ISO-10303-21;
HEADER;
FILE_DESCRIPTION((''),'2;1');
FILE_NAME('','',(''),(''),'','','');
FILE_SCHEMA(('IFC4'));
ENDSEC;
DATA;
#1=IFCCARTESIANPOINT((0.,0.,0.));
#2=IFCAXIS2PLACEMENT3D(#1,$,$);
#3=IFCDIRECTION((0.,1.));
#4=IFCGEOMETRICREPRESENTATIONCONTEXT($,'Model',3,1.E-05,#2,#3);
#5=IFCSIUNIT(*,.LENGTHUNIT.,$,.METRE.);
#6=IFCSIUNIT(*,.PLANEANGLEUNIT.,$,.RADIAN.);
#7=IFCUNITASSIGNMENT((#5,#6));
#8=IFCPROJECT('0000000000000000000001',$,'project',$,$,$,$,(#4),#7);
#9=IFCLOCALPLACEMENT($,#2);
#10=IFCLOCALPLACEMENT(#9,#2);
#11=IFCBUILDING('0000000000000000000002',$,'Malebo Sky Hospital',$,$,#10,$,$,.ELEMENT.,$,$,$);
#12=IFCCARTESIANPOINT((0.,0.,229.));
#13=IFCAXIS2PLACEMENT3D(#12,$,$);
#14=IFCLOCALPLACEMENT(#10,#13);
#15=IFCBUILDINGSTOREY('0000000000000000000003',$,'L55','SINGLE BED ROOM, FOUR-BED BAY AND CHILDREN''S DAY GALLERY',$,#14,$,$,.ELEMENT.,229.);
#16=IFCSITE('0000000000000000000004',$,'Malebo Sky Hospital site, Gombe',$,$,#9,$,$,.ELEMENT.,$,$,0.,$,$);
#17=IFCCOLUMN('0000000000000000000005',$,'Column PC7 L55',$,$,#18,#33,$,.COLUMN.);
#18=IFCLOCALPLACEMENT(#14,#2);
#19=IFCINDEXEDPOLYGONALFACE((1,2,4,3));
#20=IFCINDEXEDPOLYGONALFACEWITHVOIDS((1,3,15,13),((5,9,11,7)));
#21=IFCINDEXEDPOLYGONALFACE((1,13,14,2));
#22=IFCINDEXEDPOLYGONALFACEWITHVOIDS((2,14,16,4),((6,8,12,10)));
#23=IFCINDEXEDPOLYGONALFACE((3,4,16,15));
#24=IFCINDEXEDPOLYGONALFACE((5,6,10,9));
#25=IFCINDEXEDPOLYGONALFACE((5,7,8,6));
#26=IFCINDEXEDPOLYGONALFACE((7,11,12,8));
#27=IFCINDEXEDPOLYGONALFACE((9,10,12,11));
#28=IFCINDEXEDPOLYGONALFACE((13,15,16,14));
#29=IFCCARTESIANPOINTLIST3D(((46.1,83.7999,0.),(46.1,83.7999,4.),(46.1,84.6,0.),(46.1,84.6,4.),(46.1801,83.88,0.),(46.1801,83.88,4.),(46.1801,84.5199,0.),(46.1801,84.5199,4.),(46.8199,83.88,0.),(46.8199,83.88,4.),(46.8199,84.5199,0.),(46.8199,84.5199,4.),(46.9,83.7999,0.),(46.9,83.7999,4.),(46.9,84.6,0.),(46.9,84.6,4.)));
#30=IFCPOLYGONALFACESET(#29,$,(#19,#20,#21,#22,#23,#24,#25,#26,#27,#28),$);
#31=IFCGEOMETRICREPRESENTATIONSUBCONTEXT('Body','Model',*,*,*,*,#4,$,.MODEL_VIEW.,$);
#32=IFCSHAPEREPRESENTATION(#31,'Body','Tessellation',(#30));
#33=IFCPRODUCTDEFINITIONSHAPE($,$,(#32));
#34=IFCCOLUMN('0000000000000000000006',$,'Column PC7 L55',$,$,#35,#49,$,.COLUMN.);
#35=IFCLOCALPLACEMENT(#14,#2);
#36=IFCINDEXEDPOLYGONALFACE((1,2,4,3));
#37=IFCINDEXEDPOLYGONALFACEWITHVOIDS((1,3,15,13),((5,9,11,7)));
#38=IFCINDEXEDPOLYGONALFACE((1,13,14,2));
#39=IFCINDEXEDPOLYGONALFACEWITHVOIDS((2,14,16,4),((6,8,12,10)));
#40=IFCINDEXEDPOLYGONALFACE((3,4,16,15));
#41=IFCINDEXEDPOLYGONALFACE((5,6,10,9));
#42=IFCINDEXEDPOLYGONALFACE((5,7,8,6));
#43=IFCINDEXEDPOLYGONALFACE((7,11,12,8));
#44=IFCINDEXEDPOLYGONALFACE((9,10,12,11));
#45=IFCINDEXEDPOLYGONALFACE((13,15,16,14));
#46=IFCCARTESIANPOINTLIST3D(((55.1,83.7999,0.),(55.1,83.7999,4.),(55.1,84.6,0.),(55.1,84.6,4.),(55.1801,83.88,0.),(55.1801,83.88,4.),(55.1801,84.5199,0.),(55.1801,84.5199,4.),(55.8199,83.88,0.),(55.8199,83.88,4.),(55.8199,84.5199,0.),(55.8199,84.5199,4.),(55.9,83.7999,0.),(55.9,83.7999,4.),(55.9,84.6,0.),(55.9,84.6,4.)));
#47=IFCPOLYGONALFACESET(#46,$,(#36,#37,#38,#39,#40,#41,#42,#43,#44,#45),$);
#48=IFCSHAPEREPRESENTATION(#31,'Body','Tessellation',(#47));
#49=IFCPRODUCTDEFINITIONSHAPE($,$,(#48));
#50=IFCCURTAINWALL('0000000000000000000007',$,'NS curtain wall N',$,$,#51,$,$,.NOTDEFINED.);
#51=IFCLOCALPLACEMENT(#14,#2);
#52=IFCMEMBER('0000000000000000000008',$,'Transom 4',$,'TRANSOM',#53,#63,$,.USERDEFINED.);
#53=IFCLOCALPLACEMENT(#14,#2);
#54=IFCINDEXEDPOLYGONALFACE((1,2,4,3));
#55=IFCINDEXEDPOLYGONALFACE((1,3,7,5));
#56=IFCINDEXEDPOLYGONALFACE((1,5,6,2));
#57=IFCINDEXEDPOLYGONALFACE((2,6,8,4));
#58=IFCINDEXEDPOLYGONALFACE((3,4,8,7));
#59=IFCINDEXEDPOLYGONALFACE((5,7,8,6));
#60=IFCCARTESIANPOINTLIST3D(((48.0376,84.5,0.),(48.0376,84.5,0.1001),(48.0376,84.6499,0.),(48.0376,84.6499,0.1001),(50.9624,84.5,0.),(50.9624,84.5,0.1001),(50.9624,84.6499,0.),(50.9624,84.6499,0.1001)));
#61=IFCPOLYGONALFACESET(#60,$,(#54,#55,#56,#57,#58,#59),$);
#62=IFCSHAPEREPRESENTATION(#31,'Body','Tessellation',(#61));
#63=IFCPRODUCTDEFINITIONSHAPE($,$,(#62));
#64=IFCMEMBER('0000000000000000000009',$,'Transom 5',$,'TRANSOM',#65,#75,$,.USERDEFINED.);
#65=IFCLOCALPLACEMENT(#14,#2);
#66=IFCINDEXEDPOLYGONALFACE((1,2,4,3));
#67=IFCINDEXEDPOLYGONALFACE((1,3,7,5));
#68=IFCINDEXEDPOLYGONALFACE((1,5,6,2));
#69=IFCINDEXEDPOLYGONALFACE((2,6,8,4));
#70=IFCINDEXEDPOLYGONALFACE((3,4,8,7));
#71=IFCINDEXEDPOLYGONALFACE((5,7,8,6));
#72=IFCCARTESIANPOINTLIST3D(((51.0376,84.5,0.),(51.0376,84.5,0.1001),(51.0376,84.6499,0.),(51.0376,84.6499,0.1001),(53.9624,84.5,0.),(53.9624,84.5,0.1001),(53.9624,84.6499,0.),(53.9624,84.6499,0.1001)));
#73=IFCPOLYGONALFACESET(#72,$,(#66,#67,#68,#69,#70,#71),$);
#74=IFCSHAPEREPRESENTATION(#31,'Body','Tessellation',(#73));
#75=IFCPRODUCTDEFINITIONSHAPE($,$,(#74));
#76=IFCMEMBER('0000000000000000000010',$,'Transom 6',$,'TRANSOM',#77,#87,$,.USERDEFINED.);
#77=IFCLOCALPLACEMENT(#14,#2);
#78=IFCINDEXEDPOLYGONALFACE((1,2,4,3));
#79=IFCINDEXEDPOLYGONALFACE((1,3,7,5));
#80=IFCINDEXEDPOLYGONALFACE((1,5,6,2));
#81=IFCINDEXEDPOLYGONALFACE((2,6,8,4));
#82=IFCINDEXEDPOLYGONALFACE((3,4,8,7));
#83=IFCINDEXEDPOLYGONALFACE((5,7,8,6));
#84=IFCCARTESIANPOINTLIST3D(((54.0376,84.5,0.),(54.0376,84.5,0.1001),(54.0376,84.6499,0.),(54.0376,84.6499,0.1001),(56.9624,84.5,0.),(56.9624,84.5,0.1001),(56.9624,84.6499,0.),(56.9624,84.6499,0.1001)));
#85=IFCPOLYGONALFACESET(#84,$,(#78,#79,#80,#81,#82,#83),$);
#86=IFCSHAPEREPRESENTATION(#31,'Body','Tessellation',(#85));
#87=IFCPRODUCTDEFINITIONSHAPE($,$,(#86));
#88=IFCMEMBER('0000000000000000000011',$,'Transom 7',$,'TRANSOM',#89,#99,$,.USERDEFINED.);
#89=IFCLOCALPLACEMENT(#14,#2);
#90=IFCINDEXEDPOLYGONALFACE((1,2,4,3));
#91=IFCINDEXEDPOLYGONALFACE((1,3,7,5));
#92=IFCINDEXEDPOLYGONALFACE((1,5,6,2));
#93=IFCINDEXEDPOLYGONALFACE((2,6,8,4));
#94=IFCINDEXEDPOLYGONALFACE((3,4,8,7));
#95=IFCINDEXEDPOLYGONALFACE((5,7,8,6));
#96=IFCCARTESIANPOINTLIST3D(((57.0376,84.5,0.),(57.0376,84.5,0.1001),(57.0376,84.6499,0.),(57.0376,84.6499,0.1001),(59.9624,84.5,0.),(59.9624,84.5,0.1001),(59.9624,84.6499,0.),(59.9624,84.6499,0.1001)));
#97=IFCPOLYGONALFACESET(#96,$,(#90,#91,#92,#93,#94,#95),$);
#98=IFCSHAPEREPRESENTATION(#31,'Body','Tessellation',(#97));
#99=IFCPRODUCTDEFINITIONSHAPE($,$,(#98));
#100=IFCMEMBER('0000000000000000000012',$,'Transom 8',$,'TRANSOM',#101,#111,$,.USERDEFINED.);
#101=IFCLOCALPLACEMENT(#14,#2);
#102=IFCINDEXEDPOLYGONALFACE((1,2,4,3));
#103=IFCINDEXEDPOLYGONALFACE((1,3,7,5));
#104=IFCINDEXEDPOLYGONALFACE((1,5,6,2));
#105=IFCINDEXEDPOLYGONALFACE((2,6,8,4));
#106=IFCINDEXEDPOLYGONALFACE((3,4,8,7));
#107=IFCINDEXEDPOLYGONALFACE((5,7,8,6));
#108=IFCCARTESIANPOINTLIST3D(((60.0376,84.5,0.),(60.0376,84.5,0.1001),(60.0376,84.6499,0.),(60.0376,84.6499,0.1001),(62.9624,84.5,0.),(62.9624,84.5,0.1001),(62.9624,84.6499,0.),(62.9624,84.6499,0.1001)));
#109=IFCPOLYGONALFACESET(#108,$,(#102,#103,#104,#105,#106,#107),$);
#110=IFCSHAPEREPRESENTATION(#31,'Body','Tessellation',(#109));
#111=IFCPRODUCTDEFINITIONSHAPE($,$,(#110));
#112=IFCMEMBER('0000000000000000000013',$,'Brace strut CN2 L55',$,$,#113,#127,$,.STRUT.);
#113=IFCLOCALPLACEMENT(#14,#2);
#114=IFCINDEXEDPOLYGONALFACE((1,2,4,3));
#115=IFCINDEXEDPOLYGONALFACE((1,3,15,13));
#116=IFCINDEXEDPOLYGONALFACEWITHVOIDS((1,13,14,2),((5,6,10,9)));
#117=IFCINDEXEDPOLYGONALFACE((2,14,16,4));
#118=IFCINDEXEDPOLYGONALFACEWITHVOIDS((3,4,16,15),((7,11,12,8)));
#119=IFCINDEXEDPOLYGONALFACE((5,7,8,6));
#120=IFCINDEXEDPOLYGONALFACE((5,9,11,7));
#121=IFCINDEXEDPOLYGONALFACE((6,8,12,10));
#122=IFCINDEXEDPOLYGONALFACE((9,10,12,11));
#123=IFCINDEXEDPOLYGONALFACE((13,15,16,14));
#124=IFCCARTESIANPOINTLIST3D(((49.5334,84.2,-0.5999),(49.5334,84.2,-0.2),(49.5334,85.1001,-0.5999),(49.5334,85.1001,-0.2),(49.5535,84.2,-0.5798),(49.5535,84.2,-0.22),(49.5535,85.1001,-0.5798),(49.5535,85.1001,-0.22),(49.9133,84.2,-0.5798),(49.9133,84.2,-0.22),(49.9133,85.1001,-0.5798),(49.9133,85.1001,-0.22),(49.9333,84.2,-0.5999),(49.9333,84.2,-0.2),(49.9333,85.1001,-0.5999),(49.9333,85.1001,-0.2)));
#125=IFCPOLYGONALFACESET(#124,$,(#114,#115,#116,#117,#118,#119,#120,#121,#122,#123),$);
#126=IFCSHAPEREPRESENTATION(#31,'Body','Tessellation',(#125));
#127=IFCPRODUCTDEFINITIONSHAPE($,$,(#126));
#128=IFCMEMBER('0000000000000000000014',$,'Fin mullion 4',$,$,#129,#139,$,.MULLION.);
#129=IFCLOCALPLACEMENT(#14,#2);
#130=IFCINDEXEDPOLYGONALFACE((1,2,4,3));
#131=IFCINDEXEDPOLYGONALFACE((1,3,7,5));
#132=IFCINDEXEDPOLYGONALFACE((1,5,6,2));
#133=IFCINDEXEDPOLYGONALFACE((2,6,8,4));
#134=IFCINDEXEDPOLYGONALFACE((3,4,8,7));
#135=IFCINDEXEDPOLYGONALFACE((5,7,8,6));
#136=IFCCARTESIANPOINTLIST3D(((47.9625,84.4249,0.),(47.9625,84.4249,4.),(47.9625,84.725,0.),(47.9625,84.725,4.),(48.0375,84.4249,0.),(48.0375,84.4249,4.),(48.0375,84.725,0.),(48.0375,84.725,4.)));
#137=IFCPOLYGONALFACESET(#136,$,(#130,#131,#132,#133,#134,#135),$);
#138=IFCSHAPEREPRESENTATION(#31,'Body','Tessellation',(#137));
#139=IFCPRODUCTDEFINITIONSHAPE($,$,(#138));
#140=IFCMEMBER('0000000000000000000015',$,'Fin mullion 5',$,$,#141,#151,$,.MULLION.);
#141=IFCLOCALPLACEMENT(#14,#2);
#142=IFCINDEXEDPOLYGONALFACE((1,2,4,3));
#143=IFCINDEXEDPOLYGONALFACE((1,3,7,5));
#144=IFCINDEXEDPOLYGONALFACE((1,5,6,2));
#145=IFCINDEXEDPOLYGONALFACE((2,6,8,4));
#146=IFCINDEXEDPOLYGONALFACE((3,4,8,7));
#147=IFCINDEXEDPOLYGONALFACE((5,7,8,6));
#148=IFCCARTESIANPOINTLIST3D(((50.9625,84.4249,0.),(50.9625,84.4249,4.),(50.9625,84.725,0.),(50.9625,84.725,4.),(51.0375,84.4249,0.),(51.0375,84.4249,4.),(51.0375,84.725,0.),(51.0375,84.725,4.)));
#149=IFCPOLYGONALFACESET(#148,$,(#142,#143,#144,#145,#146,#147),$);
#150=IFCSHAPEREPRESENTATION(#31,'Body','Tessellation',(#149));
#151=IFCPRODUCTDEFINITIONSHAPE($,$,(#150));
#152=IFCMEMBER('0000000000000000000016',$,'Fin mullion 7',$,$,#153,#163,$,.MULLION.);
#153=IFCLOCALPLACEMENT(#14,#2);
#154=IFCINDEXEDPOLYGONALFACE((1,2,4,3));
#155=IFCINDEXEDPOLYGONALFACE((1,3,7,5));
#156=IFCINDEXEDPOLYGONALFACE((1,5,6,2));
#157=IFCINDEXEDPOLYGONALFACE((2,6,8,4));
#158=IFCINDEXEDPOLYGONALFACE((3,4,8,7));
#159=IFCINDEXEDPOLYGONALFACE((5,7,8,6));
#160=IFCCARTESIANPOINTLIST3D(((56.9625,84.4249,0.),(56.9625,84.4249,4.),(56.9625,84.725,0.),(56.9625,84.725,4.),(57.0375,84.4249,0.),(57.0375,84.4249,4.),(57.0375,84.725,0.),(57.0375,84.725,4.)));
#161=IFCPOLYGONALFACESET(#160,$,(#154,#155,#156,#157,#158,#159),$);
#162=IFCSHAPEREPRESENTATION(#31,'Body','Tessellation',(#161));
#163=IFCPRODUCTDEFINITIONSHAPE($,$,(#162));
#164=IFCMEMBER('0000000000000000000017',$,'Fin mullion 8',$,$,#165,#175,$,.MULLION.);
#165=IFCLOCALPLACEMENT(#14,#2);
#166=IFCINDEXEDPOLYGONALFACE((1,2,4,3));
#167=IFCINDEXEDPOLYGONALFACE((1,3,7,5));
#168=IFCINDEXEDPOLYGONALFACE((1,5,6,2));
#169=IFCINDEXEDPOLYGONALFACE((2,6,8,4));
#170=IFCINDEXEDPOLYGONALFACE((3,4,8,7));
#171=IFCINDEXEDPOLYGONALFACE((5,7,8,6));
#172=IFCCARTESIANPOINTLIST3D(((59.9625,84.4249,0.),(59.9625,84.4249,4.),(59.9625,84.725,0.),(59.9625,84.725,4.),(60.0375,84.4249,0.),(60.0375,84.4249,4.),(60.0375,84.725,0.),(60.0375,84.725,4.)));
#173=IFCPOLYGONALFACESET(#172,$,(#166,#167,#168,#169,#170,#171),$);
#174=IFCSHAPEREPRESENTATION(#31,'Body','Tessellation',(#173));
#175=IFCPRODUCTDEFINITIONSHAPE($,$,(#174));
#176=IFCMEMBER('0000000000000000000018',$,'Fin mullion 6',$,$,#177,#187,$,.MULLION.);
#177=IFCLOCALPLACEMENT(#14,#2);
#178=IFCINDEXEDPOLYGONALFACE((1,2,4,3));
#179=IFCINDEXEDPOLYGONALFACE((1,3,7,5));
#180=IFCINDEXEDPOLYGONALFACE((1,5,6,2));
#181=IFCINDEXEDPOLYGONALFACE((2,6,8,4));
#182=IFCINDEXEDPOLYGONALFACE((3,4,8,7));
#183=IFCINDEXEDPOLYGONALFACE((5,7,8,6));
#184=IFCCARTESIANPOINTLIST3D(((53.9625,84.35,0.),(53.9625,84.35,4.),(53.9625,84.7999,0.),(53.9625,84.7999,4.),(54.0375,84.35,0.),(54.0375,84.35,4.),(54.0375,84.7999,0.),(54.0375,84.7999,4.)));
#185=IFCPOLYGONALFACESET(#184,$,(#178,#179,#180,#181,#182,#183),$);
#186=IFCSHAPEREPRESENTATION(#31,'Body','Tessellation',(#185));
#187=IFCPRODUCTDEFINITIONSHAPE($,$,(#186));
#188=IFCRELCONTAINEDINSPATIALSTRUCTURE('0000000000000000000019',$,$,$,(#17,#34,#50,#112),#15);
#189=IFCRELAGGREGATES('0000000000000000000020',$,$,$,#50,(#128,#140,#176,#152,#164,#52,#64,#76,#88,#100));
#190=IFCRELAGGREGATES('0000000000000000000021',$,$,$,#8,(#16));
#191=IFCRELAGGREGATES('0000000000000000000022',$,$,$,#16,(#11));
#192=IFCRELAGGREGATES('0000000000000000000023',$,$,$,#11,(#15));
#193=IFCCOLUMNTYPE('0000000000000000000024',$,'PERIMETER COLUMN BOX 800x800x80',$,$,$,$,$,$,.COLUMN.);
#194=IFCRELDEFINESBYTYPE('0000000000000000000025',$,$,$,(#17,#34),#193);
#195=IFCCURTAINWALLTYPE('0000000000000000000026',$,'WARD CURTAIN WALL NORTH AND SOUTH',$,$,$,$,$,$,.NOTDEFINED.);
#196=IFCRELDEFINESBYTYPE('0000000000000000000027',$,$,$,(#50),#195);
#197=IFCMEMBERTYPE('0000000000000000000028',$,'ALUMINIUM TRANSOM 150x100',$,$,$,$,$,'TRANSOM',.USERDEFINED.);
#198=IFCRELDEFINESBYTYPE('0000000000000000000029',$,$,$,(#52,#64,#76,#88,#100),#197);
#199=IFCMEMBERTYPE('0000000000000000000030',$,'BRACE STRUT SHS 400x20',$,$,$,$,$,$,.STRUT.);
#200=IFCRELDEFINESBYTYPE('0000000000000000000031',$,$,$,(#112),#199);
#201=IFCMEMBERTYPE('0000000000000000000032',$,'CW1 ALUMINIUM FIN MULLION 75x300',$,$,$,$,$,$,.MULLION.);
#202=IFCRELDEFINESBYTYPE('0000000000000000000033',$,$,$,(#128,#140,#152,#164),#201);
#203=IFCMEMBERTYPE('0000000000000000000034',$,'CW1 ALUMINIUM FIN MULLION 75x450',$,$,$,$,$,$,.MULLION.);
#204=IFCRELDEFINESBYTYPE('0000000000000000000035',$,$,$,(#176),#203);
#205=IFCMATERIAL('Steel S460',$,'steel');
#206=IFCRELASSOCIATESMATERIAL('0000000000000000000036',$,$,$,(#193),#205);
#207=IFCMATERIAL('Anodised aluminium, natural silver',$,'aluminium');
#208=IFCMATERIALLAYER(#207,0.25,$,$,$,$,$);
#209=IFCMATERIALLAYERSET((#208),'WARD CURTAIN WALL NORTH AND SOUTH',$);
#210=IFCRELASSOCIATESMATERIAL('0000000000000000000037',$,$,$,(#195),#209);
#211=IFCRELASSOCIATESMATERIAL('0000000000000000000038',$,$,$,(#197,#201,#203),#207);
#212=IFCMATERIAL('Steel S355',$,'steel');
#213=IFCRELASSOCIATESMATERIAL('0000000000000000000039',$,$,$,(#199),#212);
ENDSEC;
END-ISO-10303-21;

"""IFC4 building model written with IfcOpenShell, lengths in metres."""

from ifc_helpers import new_model, si_unit, direction, frame, origin, origin_2d, place, context, subcontext, project, spatial, rectangle, hollow_rectangle, extrude, material, layer, layer_set, material_profile, profile_set, type_object, element, aggregate, save


model = new_model("IFC4")

# Units and contexts
model_context = context("Model", 3, precision=1e-05, world=origin(), true_north=direction((0.0, 1.0)))
body_context = subcontext(model_context, "Body", "Model", "MODEL_VIEW")
ifc_project = project(units=[si_unit("LENGTHUNIT", "METRE"), si_unit("PLANEANGLEUNIT", "RADIAN")], contexts=[model_context])

# Site, building, storey
site_placement = place(None, origin())
site = spatial("IfcSite", under=ifc_project, at=site_placement, Name="Malebo Sky Hospital site, Gombe", CompositionType="ELEMENT", RefElevation=0.0)
building_placement = place(site_placement, origin())
building = spatial("IfcBuilding", under=site, at=building_placement, Name="Malebo Sky Hospital", CompositionType="ELEMENT")
storey_placement = place(building_placement, frame((0.0, 0.0, 229.0)))
storey = spatial("IfcBuildingStorey", under=building, at=storey_placement, Name="L55", Description="SINGLE BED ROOM, FOUR-BED BAY AND CHILDREN'S DAY GALLERY", CompositionType="ELEMENT", Elevation=229.0)

# Columns
ifc_material_1 = material(Name="Steel S460", Category="steel")
ifc_material_profile_1 = material_profile(ifc_material_1, hollow_rectangle(XDim=0.8, YDim=0.8, WallThickness=0.0801, at=origin_2d()), Name="BOX 800x800x80")
ifc_profile_set_1 = profile_set([ifc_material_profile_1], Name="Steel S460")
column_type = type_object("IfcColumnType", Name="PERIMETER COLUMN BOX 800x800x80", PredefinedType="COLUMN", material=ifc_profile_set_1)
for number, where, z_axis, x_axis, name in (
    (1, (46.5, 84.2, 0.0), (0.0, 0.0, 1.0), (1.0, 0.0, 0.0), "Column PC7 L55"),
    (2, (55.5, 84.2, 0.0), (0.0, 0.0, 1.0), (1.0, 0.0, 0.0), "Column PC7 L55"),
):
    element("IfcColumn", number, at=place(storey_placement, frame(where, z_axis=z_axis, x_axis=x_axis)), inside=storey, type_object=column_type, Name=name, PredefinedType="COLUMN", context=body_context, shape_type="SweptSolid", body=[
        extrude(hollow_rectangle(XDim=0.8, YDim=0.8, WallThickness=0.0801, at=origin_2d()), origin(), (0.0, 0.0, 1.0), 4.0),
    ])

# Curtain wall, members
ifc_material_2 = material(Name="Anodised aluminium, natural silver", Category="aluminium")
ifc_layer_1 = layer(ifc_material_2, 0.25)
ifc_layer_set_1 = layer_set([ifc_layer_1], Name="WARD CURTAIN WALL NORTH AND SOUTH")
curtain_wall_type = type_object("IfcCurtainWallType", Name="WARD CURTAIN WALL NORTH AND SOUTH", PredefinedType="NOTDEFINED", material=ifc_layer_set_1)
curtain_wall_placement = place(storey_placement, origin())
curtain_wall = element("IfcCurtainWall", 3, at=curtain_wall_placement, inside=storey, type_object=curtain_wall_type, Name="NS curtain wall N", PredefinedType="NOTDEFINED")
ifc_material_profile_2 = material_profile(ifc_material_2, rectangle(XDim=0.1499, YDim=0.1001, at=origin_2d()), Name="ALUMINIUM TRANSOM 150x100")
ifc_profile_set_2 = profile_set([ifc_material_profile_2], Name="Anodised aluminium, natural silver")
member_type_1 = type_object("IfcMemberType", Name="ALUMINIUM TRANSOM 150x100", ElementType="TRANSOM", PredefinedType="USERDEFINED", material=ifc_profile_set_2)
member_1_placement = place(storey_placement, frame((48.0376, 84.575, 0.05), z_axis=(1.0, 0.0, 0.0), x_axis=(0.0, 1.0, 0.0)))
member_1 = element("IfcMember", 4, at=member_1_placement, type_object=member_type_1, Name="Transom 4", ObjectType="TRANSOM", PredefinedType="USERDEFINED", context=body_context, shape_type="SweptSolid", body=[
    extrude(rectangle(XDim=0.1499, YDim=0.1001, at=origin_2d()), origin(), (0.0, 0.0, 1.0), 2.9248),
])
member_2_placement = place(storey_placement, frame((51.0376, 84.575, 0.05), z_axis=(1.0, 0.0, 0.0), x_axis=(0.0, 1.0, 0.0)))
member_2 = element("IfcMember", 5, at=member_2_placement, type_object=member_type_1, Name="Transom 5", ObjectType="TRANSOM", PredefinedType="USERDEFINED", context=body_context, shape_type="SweptSolid", body=[
    extrude(rectangle(XDim=0.1499, YDim=0.1001, at=origin_2d()), origin(), (0.0, 0.0, 1.0), 2.9248),
])
member_3_placement = place(storey_placement, frame((54.0376, 84.575, 0.05), z_axis=(1.0, 0.0, 0.0), x_axis=(0.0, 1.0, 0.0)))
member_3 = element("IfcMember", 6, at=member_3_placement, type_object=member_type_1, Name="Transom 6", ObjectType="TRANSOM", PredefinedType="USERDEFINED", context=body_context, shape_type="SweptSolid", body=[
    extrude(rectangle(XDim=0.1499, YDim=0.1001, at=origin_2d()), origin(), (0.0, 0.0, 1.0), 2.9248),
])
member_4_placement = place(storey_placement, frame((57.0376, 84.575, 0.05), z_axis=(1.0, 0.0, 0.0), x_axis=(0.0, 1.0, 0.0)))
member_4 = element("IfcMember", 7, at=member_4_placement, type_object=member_type_1, Name="Transom 7", ObjectType="TRANSOM", PredefinedType="USERDEFINED", context=body_context, shape_type="SweptSolid", body=[
    extrude(rectangle(XDim=0.1499, YDim=0.1001, at=origin_2d()), origin(), (0.0, 0.0, 1.0), 2.9248),
])
member_5_placement = place(storey_placement, frame((60.0376, 84.575, 0.05), z_axis=(1.0, 0.0, 0.0), x_axis=(0.0, 1.0, 0.0)))
member_5 = element("IfcMember", 8, at=member_5_placement, type_object=member_type_1, Name="Transom 8", ObjectType="TRANSOM", PredefinedType="USERDEFINED", context=body_context, shape_type="SweptSolid", body=[
    extrude(rectangle(XDim=0.1499, YDim=0.1001, at=origin_2d()), origin(), (0.0, 0.0, 1.0), 2.9248),
])

# Members
ifc_material_3 = material(Name="Steel S355", Category="steel")
ifc_material_profile_3 = material_profile(ifc_material_3, hollow_rectangle(XDim=0.3999, YDim=0.3999, WallThickness=0.02, at=origin_2d()), Name="SHS 400x20")
ifc_profile_set_3 = profile_set([ifc_material_profile_3], Name="Steel S355")
member_type_2 = type_object("IfcMemberType", Name="BRACE STRUT SHS 400x20", PredefinedType="STRUT", material=ifc_profile_set_3)
member_6_placement = place(storey_placement, frame((49.7334, 85.1001, -0.3999), z_axis=(0.0, -1.0, 0.0), x_axis=(1.0, 0.0, 0.0)))
element("IfcMember", 9, at=member_6_placement, inside=storey, type_object=member_type_2, Name="Brace strut CN2 L55", PredefinedType="STRUT", context=body_context, shape_type="SweptSolid", body=[
    extrude(hollow_rectangle(XDim=0.3999, YDim=0.3999, WallThickness=0.02, at=origin_2d()), origin(), (0.0, 0.0, 1.0), 0.9001),
])
ifc_material_profile_4 = material_profile(ifc_material_2, rectangle(XDim=0.075, YDim=0.3, at=origin_2d()), Name="CW1 ALUMINIUM FIN MULLION 75x300")
ifc_profile_set_4 = profile_set([ifc_material_profile_4], Name="Anodised aluminium, natural silver")
member_type_3 = type_object("IfcMemberType", Name="CW1 ALUMINIUM FIN MULLION 75x300", PredefinedType="MULLION", material=ifc_profile_set_4)
member_7_placement = place(storey_placement, frame((48.0, 84.575, 0.0), z_axis=(0.0, 0.0, 1.0), x_axis=(1.0, 0.0, 0.0)))
member_7 = element("IfcMember", 10, at=member_7_placement, type_object=member_type_3, Name="Fin mullion 4", PredefinedType="MULLION", context=body_context, shape_type="SweptSolid", body=[
    extrude(rectangle(XDim=0.075, YDim=0.3, at=origin_2d()), origin(), (0.0, 0.0, 1.0), 4.0),
])
member_8_placement = place(storey_placement, frame((51.0, 84.575, 0.0), z_axis=(0.0, 0.0, 1.0), x_axis=(1.0, 0.0, 0.0)))
member_8 = element("IfcMember", 11, at=member_8_placement, type_object=member_type_3, Name="Fin mullion 5", PredefinedType="MULLION", context=body_context, shape_type="SweptSolid", body=[
    extrude(rectangle(XDim=0.075, YDim=0.3, at=origin_2d()), origin(), (0.0, 0.0, 1.0), 4.0),
])
member_9_placement = place(storey_placement, frame((57.0, 84.575, 0.0), z_axis=(0.0, 0.0, 1.0), x_axis=(1.0, 0.0, 0.0)))
member_9 = element("IfcMember", 12, at=member_9_placement, type_object=member_type_3, Name="Fin mullion 7", PredefinedType="MULLION", context=body_context, shape_type="SweptSolid", body=[
    extrude(rectangle(XDim=0.075, YDim=0.3, at=origin_2d()), origin(), (0.0, 0.0, 1.0), 4.0),
])
member_10_placement = place(storey_placement, frame((60.0, 84.575, 0.0), z_axis=(0.0, 0.0, 1.0), x_axis=(1.0, 0.0, 0.0)))
member_10 = element("IfcMember", 13, at=member_10_placement, type_object=member_type_3, Name="Fin mullion 8", PredefinedType="MULLION", context=body_context, shape_type="SweptSolid", body=[
    extrude(rectangle(XDim=0.075, YDim=0.3, at=origin_2d()), origin(), (0.0, 0.0, 1.0), 4.0),
])
ifc_material_profile_5 = material_profile(ifc_material_2, rectangle(XDim=0.075, YDim=0.45, at=origin_2d()), Name="CW1 ALUMINIUM FIN MULLION 75x450")
ifc_profile_set_5 = profile_set([ifc_material_profile_5], Name="Anodised aluminium, natural silver")
member_type_4 = type_object("IfcMemberType", Name="CW1 ALUMINIUM FIN MULLION 75x450", PredefinedType="MULLION", material=ifc_profile_set_5)
member_11_placement = place(storey_placement, frame((54.0, 84.575, 0.0), z_axis=(0.0, 0.0, 1.0), x_axis=(1.0, 0.0, 0.0)))
member_11 = element("IfcMember", 14, at=member_11_placement, type_object=member_type_4, Name="Fin mullion 6", PredefinedType="MULLION", context=body_context, shape_type="SweptSolid", body=[
    extrude(rectangle(XDim=0.075, YDim=0.45, at=origin_2d()), origin(), (0.0, 0.0, 1.0), 4.0),
])

aggregate(curtain_wall, [member_7, member_8, member_11, member_9, member_10, member_1, member_2, member_3, member_4, member_5])

save(model, "model.ifc")
